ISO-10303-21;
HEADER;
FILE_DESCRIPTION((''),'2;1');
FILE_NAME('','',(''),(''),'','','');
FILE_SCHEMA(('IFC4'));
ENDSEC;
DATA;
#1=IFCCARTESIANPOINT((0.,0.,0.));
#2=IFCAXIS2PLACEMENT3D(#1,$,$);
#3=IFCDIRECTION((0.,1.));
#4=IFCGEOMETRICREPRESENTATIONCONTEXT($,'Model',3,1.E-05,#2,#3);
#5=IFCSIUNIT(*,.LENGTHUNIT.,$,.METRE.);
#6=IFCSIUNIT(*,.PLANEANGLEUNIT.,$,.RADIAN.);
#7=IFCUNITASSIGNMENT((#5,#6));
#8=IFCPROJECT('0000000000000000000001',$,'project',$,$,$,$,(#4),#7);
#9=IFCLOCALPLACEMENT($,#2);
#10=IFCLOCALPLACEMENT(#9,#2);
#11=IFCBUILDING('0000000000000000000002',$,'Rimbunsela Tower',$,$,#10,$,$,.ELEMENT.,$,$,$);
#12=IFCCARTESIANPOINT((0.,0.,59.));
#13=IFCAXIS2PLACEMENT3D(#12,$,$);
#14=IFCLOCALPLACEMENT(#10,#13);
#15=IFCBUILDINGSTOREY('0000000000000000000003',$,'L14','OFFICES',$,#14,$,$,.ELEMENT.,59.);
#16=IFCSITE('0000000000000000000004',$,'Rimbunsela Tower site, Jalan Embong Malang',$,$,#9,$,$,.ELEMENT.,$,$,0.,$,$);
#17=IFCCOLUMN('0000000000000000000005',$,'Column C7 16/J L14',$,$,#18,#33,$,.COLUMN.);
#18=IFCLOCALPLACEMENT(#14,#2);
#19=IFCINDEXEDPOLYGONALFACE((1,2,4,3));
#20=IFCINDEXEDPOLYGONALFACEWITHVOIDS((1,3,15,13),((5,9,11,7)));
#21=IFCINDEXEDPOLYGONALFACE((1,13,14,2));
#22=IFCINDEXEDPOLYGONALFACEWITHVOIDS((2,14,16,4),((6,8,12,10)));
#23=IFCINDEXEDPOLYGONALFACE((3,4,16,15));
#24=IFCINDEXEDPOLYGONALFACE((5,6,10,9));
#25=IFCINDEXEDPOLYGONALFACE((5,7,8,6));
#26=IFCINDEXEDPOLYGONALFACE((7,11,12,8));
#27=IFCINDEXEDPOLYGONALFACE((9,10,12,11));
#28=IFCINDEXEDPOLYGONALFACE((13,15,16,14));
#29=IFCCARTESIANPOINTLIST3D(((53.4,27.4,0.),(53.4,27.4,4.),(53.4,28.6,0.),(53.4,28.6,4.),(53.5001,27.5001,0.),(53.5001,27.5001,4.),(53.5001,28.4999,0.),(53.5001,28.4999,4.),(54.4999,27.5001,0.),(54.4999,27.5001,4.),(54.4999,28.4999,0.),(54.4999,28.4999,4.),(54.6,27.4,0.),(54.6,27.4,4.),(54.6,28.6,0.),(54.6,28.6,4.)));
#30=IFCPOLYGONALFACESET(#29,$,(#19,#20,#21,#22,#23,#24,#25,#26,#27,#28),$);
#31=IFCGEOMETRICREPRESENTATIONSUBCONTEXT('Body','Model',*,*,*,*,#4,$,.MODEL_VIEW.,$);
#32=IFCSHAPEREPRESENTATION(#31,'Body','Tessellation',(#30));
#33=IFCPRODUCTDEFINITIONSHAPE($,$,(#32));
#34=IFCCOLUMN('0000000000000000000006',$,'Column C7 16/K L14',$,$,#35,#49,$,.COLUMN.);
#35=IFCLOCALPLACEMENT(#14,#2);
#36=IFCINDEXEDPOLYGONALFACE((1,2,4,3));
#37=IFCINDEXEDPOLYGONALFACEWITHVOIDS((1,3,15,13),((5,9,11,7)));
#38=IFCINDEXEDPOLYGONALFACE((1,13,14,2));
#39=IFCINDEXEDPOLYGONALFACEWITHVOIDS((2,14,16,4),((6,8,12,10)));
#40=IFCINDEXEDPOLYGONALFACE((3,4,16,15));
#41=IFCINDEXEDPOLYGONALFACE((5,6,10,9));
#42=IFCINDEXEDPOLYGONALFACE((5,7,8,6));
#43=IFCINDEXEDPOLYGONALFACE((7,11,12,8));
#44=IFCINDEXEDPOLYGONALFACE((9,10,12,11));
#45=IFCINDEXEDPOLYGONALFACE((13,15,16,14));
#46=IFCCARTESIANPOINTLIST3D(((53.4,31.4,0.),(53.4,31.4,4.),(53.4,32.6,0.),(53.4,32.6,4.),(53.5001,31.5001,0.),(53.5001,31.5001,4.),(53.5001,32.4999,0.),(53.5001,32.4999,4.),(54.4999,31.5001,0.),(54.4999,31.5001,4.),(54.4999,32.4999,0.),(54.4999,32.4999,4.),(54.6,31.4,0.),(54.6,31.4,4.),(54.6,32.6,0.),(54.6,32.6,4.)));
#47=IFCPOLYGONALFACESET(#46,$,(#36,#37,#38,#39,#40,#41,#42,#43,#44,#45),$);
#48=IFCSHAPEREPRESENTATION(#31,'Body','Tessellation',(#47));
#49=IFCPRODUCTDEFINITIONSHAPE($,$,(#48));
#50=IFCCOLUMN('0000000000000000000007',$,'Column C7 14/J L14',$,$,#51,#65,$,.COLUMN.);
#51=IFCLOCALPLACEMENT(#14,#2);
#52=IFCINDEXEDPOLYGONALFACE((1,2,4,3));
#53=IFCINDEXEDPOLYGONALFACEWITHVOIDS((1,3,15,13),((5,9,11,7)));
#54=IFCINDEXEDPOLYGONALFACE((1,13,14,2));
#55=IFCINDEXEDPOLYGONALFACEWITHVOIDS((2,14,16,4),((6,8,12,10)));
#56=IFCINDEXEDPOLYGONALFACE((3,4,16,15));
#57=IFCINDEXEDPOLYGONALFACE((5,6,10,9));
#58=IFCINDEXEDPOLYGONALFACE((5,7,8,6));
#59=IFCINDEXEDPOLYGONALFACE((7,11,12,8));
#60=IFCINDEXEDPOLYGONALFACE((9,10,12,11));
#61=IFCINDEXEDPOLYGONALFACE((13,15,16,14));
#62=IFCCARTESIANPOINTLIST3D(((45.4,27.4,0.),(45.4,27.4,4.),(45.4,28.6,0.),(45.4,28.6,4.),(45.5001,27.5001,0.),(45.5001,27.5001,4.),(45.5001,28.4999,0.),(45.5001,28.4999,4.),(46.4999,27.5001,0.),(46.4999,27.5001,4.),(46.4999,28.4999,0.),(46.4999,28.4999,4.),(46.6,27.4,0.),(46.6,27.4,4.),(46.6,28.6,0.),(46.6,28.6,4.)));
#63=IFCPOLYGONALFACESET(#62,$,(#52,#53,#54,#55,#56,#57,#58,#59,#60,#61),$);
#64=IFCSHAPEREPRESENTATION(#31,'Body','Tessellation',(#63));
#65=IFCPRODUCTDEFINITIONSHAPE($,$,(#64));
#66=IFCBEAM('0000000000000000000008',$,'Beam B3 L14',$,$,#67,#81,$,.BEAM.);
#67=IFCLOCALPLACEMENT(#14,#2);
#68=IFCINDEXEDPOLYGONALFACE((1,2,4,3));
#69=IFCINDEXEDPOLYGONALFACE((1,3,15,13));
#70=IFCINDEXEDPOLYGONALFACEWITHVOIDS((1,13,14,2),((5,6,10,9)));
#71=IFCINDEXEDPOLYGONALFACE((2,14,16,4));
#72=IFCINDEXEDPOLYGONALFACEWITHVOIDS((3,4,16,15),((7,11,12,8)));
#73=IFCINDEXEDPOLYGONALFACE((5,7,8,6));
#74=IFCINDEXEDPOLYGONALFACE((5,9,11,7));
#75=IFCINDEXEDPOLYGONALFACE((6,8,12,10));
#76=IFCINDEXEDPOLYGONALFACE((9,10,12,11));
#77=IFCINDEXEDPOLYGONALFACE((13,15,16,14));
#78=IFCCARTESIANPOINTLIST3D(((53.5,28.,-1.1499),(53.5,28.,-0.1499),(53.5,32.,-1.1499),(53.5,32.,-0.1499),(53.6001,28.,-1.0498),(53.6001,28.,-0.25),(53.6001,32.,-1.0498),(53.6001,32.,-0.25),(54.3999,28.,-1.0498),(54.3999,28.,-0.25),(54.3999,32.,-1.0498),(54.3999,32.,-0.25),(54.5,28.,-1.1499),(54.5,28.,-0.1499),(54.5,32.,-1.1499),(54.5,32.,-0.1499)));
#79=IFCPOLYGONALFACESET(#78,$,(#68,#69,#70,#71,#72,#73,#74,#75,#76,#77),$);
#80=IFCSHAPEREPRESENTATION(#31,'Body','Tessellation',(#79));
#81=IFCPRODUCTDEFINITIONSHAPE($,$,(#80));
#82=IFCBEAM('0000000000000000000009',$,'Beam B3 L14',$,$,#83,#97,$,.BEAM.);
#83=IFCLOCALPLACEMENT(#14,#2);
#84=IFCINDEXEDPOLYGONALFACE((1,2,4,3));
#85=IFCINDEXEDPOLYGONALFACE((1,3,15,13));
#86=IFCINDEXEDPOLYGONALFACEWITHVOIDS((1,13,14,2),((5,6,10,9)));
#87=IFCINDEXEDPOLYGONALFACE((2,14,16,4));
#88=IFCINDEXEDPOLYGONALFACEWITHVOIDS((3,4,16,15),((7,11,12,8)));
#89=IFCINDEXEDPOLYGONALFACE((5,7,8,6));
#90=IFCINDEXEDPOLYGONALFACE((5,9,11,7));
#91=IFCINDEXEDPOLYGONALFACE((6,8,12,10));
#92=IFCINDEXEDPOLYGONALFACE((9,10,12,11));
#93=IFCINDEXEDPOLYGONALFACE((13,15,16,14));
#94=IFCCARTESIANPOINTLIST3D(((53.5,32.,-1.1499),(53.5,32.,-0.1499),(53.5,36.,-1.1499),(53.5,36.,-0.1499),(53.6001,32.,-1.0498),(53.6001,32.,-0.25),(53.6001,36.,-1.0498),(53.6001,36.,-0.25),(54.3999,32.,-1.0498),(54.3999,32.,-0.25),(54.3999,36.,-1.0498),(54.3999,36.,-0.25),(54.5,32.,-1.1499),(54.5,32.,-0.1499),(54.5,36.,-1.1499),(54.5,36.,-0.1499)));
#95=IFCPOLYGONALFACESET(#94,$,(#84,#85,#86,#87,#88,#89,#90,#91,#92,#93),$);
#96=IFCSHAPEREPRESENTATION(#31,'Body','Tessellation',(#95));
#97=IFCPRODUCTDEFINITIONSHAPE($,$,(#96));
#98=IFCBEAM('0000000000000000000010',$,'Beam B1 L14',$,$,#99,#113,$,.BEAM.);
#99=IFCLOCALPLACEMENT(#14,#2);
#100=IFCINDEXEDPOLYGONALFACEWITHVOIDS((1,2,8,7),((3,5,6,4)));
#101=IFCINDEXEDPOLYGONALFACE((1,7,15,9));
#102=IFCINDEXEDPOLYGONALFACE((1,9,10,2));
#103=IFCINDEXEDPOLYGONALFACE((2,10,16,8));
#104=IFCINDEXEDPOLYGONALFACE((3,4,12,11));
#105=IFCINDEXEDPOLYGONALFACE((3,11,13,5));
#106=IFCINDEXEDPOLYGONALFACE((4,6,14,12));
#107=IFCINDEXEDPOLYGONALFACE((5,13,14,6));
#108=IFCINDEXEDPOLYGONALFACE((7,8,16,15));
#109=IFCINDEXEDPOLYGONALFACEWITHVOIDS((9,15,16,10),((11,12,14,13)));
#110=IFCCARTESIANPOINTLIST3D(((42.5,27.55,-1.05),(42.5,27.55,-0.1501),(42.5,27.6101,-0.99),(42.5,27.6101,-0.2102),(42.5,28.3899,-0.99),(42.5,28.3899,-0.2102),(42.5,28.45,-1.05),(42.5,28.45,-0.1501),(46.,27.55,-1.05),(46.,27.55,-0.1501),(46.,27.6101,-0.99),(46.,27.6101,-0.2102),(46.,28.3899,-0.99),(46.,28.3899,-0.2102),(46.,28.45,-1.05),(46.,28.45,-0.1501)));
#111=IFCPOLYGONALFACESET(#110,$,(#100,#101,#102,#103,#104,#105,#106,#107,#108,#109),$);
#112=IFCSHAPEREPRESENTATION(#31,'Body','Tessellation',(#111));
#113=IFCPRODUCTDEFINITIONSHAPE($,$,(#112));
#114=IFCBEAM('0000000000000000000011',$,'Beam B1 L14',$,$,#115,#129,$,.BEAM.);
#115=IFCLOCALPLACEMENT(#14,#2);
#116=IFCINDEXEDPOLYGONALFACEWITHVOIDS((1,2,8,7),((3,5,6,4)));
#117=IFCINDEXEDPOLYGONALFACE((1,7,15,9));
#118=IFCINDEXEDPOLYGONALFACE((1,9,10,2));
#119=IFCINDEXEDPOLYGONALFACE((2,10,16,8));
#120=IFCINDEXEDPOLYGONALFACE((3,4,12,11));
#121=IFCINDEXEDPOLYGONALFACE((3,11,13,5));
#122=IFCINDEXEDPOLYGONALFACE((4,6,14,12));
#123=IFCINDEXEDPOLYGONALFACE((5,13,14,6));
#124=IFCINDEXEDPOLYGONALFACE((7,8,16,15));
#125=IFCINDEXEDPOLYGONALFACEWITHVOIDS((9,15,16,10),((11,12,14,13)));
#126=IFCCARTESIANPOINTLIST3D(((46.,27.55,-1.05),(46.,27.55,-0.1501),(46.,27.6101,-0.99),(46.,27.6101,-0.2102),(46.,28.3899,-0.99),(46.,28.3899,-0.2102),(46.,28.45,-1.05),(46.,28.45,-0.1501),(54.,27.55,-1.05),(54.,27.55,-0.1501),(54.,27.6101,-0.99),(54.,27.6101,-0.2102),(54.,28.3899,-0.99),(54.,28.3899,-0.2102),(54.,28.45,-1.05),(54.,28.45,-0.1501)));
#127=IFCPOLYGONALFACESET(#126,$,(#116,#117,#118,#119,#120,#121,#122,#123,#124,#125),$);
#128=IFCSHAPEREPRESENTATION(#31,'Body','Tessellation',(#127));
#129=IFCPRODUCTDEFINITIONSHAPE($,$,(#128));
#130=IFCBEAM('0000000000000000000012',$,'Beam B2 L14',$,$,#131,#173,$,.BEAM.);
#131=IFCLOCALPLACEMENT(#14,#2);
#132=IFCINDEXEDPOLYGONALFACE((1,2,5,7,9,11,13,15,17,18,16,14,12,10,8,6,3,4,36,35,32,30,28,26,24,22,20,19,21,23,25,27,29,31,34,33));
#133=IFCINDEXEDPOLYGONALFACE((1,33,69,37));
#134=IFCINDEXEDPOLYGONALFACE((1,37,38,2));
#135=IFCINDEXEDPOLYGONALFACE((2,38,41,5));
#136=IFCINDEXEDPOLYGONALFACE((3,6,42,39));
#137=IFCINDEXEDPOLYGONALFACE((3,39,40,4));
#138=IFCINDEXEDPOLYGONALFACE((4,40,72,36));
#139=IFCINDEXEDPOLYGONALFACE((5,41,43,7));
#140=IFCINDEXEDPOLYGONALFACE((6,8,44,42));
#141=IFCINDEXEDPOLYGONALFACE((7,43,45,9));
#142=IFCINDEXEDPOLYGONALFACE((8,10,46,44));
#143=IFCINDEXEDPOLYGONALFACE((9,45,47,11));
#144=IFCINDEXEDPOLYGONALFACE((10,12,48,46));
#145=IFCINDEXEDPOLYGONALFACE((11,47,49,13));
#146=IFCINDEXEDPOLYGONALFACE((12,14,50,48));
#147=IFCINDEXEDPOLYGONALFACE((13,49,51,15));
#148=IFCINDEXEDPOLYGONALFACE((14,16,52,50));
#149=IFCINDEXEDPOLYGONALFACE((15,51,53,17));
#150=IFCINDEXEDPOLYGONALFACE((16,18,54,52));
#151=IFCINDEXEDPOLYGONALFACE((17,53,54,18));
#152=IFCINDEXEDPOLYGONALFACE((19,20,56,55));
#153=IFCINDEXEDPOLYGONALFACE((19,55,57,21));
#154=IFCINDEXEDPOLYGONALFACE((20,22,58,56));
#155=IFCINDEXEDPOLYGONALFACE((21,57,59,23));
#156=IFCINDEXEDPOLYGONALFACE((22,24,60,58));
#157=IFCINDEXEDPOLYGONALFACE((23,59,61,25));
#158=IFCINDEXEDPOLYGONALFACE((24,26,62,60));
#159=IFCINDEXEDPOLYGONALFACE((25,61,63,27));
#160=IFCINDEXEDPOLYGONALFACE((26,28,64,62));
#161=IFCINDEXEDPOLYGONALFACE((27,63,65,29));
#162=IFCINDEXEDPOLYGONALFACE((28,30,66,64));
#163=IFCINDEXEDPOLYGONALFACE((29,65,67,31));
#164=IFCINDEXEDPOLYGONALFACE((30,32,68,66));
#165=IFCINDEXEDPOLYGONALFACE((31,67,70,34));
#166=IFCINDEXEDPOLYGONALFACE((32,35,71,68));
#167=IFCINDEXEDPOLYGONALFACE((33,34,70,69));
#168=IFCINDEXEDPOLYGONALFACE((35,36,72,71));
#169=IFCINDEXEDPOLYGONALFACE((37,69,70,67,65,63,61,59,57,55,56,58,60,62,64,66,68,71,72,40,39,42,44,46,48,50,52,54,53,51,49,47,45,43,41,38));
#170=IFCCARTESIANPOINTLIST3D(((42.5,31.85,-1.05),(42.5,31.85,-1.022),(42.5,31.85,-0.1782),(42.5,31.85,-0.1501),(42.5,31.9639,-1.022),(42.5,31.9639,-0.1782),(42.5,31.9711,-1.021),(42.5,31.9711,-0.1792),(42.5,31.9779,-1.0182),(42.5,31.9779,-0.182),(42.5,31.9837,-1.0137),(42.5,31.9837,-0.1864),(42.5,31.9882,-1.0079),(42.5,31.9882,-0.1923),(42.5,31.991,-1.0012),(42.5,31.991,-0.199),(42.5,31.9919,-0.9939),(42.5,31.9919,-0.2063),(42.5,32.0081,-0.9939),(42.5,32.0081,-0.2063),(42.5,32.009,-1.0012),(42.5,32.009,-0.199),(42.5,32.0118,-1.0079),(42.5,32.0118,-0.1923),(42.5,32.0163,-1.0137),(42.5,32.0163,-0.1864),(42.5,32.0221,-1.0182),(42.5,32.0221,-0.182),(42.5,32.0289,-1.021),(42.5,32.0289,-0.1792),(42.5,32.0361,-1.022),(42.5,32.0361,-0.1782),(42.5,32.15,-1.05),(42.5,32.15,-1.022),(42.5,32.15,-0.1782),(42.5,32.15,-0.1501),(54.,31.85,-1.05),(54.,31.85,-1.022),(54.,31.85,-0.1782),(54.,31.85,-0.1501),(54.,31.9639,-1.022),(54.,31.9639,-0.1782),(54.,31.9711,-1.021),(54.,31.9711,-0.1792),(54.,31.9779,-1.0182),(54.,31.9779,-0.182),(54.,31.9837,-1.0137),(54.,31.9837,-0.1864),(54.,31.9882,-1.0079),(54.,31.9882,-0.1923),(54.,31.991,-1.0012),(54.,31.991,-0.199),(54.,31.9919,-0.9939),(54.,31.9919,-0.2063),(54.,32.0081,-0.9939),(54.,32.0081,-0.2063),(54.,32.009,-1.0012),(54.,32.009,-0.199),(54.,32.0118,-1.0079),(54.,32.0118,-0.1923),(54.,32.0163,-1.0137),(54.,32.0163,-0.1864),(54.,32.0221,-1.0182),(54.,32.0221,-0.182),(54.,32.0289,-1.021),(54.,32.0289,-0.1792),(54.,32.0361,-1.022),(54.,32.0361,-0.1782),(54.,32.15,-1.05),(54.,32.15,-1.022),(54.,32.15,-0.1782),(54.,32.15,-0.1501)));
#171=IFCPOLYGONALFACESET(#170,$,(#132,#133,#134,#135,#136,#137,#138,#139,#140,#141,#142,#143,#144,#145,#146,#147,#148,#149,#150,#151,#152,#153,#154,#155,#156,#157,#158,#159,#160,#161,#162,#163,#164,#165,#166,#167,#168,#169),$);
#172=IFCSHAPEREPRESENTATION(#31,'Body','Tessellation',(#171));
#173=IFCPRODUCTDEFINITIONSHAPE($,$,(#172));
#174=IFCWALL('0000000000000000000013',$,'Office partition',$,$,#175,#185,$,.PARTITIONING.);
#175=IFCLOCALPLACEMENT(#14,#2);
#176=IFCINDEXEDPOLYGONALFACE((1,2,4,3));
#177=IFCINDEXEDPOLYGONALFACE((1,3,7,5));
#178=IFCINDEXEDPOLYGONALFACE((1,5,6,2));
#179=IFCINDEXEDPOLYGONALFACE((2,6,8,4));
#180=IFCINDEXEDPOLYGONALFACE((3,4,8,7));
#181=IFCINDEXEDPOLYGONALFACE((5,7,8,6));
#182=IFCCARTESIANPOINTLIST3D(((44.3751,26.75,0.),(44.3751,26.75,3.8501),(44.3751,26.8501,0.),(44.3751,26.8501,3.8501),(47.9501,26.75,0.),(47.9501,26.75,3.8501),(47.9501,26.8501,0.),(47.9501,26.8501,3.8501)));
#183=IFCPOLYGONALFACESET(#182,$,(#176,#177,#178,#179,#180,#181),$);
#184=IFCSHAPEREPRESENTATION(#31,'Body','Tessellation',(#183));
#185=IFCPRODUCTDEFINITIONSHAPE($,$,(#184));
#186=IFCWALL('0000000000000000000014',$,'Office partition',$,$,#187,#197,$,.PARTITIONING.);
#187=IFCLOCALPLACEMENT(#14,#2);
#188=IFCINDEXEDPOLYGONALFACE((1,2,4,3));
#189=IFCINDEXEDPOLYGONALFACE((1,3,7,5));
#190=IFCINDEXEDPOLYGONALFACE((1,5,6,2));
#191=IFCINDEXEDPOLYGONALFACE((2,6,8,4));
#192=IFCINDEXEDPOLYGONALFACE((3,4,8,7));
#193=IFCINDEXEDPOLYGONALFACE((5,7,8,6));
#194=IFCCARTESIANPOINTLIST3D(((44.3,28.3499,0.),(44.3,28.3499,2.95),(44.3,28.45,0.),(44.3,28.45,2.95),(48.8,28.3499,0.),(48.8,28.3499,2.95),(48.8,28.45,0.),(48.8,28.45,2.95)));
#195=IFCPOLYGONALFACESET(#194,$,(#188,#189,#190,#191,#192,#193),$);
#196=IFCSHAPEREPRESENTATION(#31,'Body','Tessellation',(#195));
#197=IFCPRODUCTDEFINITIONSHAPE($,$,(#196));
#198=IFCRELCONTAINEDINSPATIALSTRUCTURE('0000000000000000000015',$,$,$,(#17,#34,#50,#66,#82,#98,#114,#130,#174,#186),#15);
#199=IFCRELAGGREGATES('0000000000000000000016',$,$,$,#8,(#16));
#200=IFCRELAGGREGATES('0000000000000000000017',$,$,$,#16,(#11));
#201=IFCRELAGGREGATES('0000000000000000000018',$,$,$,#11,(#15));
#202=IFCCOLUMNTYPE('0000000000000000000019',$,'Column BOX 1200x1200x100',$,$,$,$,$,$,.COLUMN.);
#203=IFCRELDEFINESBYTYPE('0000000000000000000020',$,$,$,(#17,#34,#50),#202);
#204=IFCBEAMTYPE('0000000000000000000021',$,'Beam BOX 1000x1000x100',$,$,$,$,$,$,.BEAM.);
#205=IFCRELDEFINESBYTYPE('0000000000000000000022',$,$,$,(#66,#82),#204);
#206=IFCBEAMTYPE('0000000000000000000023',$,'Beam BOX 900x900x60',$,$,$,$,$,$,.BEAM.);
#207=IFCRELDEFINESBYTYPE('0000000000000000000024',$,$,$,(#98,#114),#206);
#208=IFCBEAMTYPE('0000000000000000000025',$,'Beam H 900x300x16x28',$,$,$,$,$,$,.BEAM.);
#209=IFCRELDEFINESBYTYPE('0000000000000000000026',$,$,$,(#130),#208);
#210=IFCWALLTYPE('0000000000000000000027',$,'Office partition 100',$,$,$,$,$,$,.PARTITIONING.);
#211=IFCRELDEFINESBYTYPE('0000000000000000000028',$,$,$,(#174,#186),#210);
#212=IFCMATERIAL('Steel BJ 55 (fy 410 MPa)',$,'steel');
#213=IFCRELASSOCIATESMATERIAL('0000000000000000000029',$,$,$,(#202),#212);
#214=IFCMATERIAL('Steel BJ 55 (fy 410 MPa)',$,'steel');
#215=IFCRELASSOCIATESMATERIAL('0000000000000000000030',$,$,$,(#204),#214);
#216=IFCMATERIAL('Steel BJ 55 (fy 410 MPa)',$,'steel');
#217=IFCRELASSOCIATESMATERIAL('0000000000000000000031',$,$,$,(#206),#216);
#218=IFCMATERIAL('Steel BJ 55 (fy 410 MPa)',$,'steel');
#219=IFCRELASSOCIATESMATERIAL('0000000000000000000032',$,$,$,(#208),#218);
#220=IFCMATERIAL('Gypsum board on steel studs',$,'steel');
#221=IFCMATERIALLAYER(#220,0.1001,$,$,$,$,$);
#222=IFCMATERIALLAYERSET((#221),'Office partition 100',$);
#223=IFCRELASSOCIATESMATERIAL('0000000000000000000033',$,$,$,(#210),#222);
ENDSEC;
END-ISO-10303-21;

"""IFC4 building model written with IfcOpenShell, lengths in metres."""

from ifc_helpers import new_model, si_unit, direction, frame, frame_2d, origin, origin_2d, place, context, subcontext, project, spatial, rectangle, hollow_rectangle, i_section, extrude, material, layer, layer_set, material_profile, profile_set, type_object, element, save


model = new_model("IFC4")

# Units and contexts
model_context = context("Model", 3, precision=1e-05, world=origin(), true_north=direction((0.0, 1.0)))
body_context = subcontext(model_context, "Body", "Model", "MODEL_VIEW")
ifc_project = project(units=[si_unit("LENGTHUNIT", "METRE"), si_unit("PLANEANGLEUNIT", "RADIAN")], contexts=[model_context])

# Site, building, storey
site_placement = place(None, origin())
site = spatial("IfcSite", under=ifc_project, at=site_placement, Name="Rimbunsela Tower site, Jalan Embong Malang", CompositionType="ELEMENT", RefElevation=0.0)
building_placement = place(site_placement, origin())
building = spatial("IfcBuilding", under=site, at=building_placement, Name="Rimbunsela Tower", CompositionType="ELEMENT")
storey_placement = place(building_placement, frame((0.0, 0.0, 59.0)))
storey = spatial("IfcBuildingStorey", under=building, at=storey_placement, Name="L14", Description="OFFICES", CompositionType="ELEMENT", Elevation=59.0)

# Columns
ifc_material_1 = material(Name="Steel BJ 55 (fy 410 MPa)", Category="steel")
ifc_material_profile_1 = material_profile(ifc_material_1, hollow_rectangle(XDim=1.2, YDim=1.2, WallThickness=0.1001, at=origin_2d()), Name="BOX 1200x1200x100")
ifc_profile_set_1 = profile_set([ifc_material_profile_1], Name="Steel BJ 55 (fy 410 MPa)")
column_type = type_object("IfcColumnType", Name="Column BOX 1200x1200x100", PredefinedType="COLUMN", material=ifc_profile_set_1)
for number, where, z_axis, x_axis, name in (
    (1, (54.0, 28.0, 0.0), (0.0, 0.0, 1.0), (1.0, 0.0, 0.0), "Column C7 16/J L14"),
    (2, (54.0, 32.0, 0.0), (0.0, 0.0, 1.0), (1.0, 0.0, 0.0), "Column C7 16/K L14"),
    (3, (46.0, 28.0, 0.0), (0.0, 0.0, 1.0), (1.0, 0.0, 0.0), "Column C7 14/J L14"),
):
    element("IfcColumn", number, at=place(storey_placement, frame(where, z_axis=z_axis, x_axis=x_axis)), inside=storey, type_object=column_type, Name=name, PredefinedType="COLUMN", context=body_context, shape_type="SweptSolid", body=[
        extrude(hollow_rectangle(XDim=1.2, YDim=1.2, WallThickness=0.1001, at=origin_2d()), origin(), (0.0, 0.0, 1.0), 4.0),
    ])

# Beams
ifc_material_2 = material(Name="Steel BJ 55 (fy 410 MPa)", Category="steel")
ifc_material_profile_2 = material_profile(ifc_material_2, hollow_rectangle(XDim=1.0, YDim=1.0, WallThickness=0.1001, at=origin_2d()), Name="BOX 1000x1000x100")
ifc_profile_set_2 = profile_set([ifc_material_profile_2], Name="Steel BJ 55 (fy 410 MPa)")
beam_type_1 = type_object("IfcBeamType", Name="Beam BOX 1000x1000x100", PredefinedType="BEAM", material=ifc_profile_set_2)
for number, where, z_axis, x_axis, name in (
    (4, (54.0, 28.0, -0.6499), (0.0, 1.0, 0.0), (-1.0, 0.0, 0.0), "Beam B3 L14"),
    (5, (54.0, 32.0, -0.6499), (0.0, 1.0, 0.0), (-1.0, 0.0, 0.0), "Beam B3 L14"),
):
    element("IfcBeam", number, at=place(storey_placement, frame(where, z_axis=z_axis, x_axis=x_axis)), inside=storey, type_object=beam_type_1, Name=name, PredefinedType="BEAM", context=body_context, shape_type="SweptSolid", body=[
        extrude(hollow_rectangle(XDim=1.0, YDim=1.0, WallThickness=0.1001, at=origin_2d()), origin(), (0.0, 0.0, 1.0), 4.0),
    ])
ifc_material_3 = material(Name="Steel BJ 55 (fy 410 MPa)", Category="steel")
ifc_material_profile_3 = material_profile(ifc_material_3, hollow_rectangle(XDim=0.8999, YDim=0.8999, WallThickness=0.0601, at=origin_2d()), Name="BOX 900x900x60")
ifc_profile_set_3 = profile_set([ifc_material_profile_3], Name="Steel BJ 55 (fy 410 MPa)")
beam_type_2 = type_object("IfcBeamType", Name="Beam BOX 900x900x60", PredefinedType="BEAM", material=ifc_profile_set_3)
beam_1_placement = place(storey_placement, frame((42.5, 28.0, -0.6001), z_axis=(1.0, 0.0, 0.0), x_axis=(0.0, 1.0, 0.0)))
element("IfcBeam", 6, at=beam_1_placement, inside=storey, type_object=beam_type_2, Name="Beam B1 L14", PredefinedType="BEAM", context=body_context, shape_type="SweptSolid", body=[
    extrude(hollow_rectangle(XDim=0.8999, YDim=0.8999, WallThickness=0.0601, at=origin_2d()), origin(), (0.0, 0.0, 1.0), 3.5),
])
beam_2_placement = place(storey_placement, frame((46.0, 28.0, -0.6001), z_axis=(1.0, 0.0, 0.0), x_axis=(0.0, 1.0, 0.0)))
element("IfcBeam", 7, at=beam_2_placement, inside=storey, type_object=beam_type_2, Name="Beam B1 L14", PredefinedType="BEAM", context=body_context, shape_type="SweptSolid", body=[
    extrude(hollow_rectangle(XDim=0.8999, YDim=0.8999, WallThickness=0.0601, at=origin_2d()), origin(), (0.0, 0.0, 1.0), 8.0),
])
ifc_material_4 = material(Name="Steel BJ 55 (fy 410 MPa)", Category="steel")
ifc_material_profile_4 = material_profile(ifc_material_4, i_section(OverallWidth=0.3, OverallDepth=0.8999, WebThickness=0.0161, FlangeThickness=0.0281, FilletRadius=0.0281, at=origin_2d()), Name="H 900x300x16x28")
ifc_profile_set_4 = profile_set([ifc_material_profile_4], Name="Steel BJ 55 (fy 410 MPa)")
beam_type_3 = type_object("IfcBeamType", Name="Beam H 900x300x16x28", PredefinedType="BEAM", material=ifc_profile_set_4)
beam_3_placement = place(storey_placement, frame((42.5, 32.0, -0.6001), z_axis=(1.0, 0.0, 0.0), x_axis=(0.0, 1.0, 0.0)))
element("IfcBeam", 8, at=beam_3_placement, inside=storey, type_object=beam_type_3, Name="Beam B2 L14", PredefinedType="BEAM", context=body_context, shape_type="SweptSolid", body=[
    extrude(i_section(OverallWidth=0.3, OverallDepth=0.8999, WebThickness=0.0161, FlangeThickness=0.0281, FilletRadius=0.0281, at=origin_2d()), origin(), (0.0, 0.0, 1.0), 11.5),
])

# Walls
ifc_material_5 = material(Name="Gypsum board on steel studs", Category="steel")
ifc_layer_1 = layer(ifc_material_5, 0.1001)
ifc_layer_set_1 = layer_set([ifc_layer_1], Name="Office partition 100")
wall_type_1 = type_object("IfcWallType", Name="Office partition 100", PredefinedType="PARTITIONING", material=ifc_layer_set_1)
wall_1_placement = place(storey_placement, frame((44.375, 26.8, 0.0), z_axis=(0.0, 0.0, 1.0), x_axis=(1.0, 0.0, 0.0)))
element("IfcWall", 9, at=wall_1_placement, inside=storey, type_object=wall_type_1, Name="Office partition", PredefinedType="PARTITIONING", context=body_context, shape_type="SweptSolid", body=[
    extrude(rectangle(XDim=3.575, YDim=0.1001, at=frame_2d((1.7876, 0.0))), origin(), (0.0, 0.0, 1.0), 3.8501),
])
wall_2_placement = place(storey_placement, frame((44.3, 28.3999, 0.0), z_axis=(0.0, 0.0, 1.0), x_axis=(1.0, 0.0, 0.0)))
element("IfcWall", 10, at=wall_2_placement, inside=storey, type_object=wall_type_1, Name="Office partition", PredefinedType="PARTITIONING", context=body_context, shape_type="SweptSolid", body=[
    extrude(rectangle(XDim=4.5, YDim=0.1001, at=frame_2d((2.25, 0.0))), origin(), (0.0, 0.0, 1.0), 2.95),
])

save(model, "model.ifc")
